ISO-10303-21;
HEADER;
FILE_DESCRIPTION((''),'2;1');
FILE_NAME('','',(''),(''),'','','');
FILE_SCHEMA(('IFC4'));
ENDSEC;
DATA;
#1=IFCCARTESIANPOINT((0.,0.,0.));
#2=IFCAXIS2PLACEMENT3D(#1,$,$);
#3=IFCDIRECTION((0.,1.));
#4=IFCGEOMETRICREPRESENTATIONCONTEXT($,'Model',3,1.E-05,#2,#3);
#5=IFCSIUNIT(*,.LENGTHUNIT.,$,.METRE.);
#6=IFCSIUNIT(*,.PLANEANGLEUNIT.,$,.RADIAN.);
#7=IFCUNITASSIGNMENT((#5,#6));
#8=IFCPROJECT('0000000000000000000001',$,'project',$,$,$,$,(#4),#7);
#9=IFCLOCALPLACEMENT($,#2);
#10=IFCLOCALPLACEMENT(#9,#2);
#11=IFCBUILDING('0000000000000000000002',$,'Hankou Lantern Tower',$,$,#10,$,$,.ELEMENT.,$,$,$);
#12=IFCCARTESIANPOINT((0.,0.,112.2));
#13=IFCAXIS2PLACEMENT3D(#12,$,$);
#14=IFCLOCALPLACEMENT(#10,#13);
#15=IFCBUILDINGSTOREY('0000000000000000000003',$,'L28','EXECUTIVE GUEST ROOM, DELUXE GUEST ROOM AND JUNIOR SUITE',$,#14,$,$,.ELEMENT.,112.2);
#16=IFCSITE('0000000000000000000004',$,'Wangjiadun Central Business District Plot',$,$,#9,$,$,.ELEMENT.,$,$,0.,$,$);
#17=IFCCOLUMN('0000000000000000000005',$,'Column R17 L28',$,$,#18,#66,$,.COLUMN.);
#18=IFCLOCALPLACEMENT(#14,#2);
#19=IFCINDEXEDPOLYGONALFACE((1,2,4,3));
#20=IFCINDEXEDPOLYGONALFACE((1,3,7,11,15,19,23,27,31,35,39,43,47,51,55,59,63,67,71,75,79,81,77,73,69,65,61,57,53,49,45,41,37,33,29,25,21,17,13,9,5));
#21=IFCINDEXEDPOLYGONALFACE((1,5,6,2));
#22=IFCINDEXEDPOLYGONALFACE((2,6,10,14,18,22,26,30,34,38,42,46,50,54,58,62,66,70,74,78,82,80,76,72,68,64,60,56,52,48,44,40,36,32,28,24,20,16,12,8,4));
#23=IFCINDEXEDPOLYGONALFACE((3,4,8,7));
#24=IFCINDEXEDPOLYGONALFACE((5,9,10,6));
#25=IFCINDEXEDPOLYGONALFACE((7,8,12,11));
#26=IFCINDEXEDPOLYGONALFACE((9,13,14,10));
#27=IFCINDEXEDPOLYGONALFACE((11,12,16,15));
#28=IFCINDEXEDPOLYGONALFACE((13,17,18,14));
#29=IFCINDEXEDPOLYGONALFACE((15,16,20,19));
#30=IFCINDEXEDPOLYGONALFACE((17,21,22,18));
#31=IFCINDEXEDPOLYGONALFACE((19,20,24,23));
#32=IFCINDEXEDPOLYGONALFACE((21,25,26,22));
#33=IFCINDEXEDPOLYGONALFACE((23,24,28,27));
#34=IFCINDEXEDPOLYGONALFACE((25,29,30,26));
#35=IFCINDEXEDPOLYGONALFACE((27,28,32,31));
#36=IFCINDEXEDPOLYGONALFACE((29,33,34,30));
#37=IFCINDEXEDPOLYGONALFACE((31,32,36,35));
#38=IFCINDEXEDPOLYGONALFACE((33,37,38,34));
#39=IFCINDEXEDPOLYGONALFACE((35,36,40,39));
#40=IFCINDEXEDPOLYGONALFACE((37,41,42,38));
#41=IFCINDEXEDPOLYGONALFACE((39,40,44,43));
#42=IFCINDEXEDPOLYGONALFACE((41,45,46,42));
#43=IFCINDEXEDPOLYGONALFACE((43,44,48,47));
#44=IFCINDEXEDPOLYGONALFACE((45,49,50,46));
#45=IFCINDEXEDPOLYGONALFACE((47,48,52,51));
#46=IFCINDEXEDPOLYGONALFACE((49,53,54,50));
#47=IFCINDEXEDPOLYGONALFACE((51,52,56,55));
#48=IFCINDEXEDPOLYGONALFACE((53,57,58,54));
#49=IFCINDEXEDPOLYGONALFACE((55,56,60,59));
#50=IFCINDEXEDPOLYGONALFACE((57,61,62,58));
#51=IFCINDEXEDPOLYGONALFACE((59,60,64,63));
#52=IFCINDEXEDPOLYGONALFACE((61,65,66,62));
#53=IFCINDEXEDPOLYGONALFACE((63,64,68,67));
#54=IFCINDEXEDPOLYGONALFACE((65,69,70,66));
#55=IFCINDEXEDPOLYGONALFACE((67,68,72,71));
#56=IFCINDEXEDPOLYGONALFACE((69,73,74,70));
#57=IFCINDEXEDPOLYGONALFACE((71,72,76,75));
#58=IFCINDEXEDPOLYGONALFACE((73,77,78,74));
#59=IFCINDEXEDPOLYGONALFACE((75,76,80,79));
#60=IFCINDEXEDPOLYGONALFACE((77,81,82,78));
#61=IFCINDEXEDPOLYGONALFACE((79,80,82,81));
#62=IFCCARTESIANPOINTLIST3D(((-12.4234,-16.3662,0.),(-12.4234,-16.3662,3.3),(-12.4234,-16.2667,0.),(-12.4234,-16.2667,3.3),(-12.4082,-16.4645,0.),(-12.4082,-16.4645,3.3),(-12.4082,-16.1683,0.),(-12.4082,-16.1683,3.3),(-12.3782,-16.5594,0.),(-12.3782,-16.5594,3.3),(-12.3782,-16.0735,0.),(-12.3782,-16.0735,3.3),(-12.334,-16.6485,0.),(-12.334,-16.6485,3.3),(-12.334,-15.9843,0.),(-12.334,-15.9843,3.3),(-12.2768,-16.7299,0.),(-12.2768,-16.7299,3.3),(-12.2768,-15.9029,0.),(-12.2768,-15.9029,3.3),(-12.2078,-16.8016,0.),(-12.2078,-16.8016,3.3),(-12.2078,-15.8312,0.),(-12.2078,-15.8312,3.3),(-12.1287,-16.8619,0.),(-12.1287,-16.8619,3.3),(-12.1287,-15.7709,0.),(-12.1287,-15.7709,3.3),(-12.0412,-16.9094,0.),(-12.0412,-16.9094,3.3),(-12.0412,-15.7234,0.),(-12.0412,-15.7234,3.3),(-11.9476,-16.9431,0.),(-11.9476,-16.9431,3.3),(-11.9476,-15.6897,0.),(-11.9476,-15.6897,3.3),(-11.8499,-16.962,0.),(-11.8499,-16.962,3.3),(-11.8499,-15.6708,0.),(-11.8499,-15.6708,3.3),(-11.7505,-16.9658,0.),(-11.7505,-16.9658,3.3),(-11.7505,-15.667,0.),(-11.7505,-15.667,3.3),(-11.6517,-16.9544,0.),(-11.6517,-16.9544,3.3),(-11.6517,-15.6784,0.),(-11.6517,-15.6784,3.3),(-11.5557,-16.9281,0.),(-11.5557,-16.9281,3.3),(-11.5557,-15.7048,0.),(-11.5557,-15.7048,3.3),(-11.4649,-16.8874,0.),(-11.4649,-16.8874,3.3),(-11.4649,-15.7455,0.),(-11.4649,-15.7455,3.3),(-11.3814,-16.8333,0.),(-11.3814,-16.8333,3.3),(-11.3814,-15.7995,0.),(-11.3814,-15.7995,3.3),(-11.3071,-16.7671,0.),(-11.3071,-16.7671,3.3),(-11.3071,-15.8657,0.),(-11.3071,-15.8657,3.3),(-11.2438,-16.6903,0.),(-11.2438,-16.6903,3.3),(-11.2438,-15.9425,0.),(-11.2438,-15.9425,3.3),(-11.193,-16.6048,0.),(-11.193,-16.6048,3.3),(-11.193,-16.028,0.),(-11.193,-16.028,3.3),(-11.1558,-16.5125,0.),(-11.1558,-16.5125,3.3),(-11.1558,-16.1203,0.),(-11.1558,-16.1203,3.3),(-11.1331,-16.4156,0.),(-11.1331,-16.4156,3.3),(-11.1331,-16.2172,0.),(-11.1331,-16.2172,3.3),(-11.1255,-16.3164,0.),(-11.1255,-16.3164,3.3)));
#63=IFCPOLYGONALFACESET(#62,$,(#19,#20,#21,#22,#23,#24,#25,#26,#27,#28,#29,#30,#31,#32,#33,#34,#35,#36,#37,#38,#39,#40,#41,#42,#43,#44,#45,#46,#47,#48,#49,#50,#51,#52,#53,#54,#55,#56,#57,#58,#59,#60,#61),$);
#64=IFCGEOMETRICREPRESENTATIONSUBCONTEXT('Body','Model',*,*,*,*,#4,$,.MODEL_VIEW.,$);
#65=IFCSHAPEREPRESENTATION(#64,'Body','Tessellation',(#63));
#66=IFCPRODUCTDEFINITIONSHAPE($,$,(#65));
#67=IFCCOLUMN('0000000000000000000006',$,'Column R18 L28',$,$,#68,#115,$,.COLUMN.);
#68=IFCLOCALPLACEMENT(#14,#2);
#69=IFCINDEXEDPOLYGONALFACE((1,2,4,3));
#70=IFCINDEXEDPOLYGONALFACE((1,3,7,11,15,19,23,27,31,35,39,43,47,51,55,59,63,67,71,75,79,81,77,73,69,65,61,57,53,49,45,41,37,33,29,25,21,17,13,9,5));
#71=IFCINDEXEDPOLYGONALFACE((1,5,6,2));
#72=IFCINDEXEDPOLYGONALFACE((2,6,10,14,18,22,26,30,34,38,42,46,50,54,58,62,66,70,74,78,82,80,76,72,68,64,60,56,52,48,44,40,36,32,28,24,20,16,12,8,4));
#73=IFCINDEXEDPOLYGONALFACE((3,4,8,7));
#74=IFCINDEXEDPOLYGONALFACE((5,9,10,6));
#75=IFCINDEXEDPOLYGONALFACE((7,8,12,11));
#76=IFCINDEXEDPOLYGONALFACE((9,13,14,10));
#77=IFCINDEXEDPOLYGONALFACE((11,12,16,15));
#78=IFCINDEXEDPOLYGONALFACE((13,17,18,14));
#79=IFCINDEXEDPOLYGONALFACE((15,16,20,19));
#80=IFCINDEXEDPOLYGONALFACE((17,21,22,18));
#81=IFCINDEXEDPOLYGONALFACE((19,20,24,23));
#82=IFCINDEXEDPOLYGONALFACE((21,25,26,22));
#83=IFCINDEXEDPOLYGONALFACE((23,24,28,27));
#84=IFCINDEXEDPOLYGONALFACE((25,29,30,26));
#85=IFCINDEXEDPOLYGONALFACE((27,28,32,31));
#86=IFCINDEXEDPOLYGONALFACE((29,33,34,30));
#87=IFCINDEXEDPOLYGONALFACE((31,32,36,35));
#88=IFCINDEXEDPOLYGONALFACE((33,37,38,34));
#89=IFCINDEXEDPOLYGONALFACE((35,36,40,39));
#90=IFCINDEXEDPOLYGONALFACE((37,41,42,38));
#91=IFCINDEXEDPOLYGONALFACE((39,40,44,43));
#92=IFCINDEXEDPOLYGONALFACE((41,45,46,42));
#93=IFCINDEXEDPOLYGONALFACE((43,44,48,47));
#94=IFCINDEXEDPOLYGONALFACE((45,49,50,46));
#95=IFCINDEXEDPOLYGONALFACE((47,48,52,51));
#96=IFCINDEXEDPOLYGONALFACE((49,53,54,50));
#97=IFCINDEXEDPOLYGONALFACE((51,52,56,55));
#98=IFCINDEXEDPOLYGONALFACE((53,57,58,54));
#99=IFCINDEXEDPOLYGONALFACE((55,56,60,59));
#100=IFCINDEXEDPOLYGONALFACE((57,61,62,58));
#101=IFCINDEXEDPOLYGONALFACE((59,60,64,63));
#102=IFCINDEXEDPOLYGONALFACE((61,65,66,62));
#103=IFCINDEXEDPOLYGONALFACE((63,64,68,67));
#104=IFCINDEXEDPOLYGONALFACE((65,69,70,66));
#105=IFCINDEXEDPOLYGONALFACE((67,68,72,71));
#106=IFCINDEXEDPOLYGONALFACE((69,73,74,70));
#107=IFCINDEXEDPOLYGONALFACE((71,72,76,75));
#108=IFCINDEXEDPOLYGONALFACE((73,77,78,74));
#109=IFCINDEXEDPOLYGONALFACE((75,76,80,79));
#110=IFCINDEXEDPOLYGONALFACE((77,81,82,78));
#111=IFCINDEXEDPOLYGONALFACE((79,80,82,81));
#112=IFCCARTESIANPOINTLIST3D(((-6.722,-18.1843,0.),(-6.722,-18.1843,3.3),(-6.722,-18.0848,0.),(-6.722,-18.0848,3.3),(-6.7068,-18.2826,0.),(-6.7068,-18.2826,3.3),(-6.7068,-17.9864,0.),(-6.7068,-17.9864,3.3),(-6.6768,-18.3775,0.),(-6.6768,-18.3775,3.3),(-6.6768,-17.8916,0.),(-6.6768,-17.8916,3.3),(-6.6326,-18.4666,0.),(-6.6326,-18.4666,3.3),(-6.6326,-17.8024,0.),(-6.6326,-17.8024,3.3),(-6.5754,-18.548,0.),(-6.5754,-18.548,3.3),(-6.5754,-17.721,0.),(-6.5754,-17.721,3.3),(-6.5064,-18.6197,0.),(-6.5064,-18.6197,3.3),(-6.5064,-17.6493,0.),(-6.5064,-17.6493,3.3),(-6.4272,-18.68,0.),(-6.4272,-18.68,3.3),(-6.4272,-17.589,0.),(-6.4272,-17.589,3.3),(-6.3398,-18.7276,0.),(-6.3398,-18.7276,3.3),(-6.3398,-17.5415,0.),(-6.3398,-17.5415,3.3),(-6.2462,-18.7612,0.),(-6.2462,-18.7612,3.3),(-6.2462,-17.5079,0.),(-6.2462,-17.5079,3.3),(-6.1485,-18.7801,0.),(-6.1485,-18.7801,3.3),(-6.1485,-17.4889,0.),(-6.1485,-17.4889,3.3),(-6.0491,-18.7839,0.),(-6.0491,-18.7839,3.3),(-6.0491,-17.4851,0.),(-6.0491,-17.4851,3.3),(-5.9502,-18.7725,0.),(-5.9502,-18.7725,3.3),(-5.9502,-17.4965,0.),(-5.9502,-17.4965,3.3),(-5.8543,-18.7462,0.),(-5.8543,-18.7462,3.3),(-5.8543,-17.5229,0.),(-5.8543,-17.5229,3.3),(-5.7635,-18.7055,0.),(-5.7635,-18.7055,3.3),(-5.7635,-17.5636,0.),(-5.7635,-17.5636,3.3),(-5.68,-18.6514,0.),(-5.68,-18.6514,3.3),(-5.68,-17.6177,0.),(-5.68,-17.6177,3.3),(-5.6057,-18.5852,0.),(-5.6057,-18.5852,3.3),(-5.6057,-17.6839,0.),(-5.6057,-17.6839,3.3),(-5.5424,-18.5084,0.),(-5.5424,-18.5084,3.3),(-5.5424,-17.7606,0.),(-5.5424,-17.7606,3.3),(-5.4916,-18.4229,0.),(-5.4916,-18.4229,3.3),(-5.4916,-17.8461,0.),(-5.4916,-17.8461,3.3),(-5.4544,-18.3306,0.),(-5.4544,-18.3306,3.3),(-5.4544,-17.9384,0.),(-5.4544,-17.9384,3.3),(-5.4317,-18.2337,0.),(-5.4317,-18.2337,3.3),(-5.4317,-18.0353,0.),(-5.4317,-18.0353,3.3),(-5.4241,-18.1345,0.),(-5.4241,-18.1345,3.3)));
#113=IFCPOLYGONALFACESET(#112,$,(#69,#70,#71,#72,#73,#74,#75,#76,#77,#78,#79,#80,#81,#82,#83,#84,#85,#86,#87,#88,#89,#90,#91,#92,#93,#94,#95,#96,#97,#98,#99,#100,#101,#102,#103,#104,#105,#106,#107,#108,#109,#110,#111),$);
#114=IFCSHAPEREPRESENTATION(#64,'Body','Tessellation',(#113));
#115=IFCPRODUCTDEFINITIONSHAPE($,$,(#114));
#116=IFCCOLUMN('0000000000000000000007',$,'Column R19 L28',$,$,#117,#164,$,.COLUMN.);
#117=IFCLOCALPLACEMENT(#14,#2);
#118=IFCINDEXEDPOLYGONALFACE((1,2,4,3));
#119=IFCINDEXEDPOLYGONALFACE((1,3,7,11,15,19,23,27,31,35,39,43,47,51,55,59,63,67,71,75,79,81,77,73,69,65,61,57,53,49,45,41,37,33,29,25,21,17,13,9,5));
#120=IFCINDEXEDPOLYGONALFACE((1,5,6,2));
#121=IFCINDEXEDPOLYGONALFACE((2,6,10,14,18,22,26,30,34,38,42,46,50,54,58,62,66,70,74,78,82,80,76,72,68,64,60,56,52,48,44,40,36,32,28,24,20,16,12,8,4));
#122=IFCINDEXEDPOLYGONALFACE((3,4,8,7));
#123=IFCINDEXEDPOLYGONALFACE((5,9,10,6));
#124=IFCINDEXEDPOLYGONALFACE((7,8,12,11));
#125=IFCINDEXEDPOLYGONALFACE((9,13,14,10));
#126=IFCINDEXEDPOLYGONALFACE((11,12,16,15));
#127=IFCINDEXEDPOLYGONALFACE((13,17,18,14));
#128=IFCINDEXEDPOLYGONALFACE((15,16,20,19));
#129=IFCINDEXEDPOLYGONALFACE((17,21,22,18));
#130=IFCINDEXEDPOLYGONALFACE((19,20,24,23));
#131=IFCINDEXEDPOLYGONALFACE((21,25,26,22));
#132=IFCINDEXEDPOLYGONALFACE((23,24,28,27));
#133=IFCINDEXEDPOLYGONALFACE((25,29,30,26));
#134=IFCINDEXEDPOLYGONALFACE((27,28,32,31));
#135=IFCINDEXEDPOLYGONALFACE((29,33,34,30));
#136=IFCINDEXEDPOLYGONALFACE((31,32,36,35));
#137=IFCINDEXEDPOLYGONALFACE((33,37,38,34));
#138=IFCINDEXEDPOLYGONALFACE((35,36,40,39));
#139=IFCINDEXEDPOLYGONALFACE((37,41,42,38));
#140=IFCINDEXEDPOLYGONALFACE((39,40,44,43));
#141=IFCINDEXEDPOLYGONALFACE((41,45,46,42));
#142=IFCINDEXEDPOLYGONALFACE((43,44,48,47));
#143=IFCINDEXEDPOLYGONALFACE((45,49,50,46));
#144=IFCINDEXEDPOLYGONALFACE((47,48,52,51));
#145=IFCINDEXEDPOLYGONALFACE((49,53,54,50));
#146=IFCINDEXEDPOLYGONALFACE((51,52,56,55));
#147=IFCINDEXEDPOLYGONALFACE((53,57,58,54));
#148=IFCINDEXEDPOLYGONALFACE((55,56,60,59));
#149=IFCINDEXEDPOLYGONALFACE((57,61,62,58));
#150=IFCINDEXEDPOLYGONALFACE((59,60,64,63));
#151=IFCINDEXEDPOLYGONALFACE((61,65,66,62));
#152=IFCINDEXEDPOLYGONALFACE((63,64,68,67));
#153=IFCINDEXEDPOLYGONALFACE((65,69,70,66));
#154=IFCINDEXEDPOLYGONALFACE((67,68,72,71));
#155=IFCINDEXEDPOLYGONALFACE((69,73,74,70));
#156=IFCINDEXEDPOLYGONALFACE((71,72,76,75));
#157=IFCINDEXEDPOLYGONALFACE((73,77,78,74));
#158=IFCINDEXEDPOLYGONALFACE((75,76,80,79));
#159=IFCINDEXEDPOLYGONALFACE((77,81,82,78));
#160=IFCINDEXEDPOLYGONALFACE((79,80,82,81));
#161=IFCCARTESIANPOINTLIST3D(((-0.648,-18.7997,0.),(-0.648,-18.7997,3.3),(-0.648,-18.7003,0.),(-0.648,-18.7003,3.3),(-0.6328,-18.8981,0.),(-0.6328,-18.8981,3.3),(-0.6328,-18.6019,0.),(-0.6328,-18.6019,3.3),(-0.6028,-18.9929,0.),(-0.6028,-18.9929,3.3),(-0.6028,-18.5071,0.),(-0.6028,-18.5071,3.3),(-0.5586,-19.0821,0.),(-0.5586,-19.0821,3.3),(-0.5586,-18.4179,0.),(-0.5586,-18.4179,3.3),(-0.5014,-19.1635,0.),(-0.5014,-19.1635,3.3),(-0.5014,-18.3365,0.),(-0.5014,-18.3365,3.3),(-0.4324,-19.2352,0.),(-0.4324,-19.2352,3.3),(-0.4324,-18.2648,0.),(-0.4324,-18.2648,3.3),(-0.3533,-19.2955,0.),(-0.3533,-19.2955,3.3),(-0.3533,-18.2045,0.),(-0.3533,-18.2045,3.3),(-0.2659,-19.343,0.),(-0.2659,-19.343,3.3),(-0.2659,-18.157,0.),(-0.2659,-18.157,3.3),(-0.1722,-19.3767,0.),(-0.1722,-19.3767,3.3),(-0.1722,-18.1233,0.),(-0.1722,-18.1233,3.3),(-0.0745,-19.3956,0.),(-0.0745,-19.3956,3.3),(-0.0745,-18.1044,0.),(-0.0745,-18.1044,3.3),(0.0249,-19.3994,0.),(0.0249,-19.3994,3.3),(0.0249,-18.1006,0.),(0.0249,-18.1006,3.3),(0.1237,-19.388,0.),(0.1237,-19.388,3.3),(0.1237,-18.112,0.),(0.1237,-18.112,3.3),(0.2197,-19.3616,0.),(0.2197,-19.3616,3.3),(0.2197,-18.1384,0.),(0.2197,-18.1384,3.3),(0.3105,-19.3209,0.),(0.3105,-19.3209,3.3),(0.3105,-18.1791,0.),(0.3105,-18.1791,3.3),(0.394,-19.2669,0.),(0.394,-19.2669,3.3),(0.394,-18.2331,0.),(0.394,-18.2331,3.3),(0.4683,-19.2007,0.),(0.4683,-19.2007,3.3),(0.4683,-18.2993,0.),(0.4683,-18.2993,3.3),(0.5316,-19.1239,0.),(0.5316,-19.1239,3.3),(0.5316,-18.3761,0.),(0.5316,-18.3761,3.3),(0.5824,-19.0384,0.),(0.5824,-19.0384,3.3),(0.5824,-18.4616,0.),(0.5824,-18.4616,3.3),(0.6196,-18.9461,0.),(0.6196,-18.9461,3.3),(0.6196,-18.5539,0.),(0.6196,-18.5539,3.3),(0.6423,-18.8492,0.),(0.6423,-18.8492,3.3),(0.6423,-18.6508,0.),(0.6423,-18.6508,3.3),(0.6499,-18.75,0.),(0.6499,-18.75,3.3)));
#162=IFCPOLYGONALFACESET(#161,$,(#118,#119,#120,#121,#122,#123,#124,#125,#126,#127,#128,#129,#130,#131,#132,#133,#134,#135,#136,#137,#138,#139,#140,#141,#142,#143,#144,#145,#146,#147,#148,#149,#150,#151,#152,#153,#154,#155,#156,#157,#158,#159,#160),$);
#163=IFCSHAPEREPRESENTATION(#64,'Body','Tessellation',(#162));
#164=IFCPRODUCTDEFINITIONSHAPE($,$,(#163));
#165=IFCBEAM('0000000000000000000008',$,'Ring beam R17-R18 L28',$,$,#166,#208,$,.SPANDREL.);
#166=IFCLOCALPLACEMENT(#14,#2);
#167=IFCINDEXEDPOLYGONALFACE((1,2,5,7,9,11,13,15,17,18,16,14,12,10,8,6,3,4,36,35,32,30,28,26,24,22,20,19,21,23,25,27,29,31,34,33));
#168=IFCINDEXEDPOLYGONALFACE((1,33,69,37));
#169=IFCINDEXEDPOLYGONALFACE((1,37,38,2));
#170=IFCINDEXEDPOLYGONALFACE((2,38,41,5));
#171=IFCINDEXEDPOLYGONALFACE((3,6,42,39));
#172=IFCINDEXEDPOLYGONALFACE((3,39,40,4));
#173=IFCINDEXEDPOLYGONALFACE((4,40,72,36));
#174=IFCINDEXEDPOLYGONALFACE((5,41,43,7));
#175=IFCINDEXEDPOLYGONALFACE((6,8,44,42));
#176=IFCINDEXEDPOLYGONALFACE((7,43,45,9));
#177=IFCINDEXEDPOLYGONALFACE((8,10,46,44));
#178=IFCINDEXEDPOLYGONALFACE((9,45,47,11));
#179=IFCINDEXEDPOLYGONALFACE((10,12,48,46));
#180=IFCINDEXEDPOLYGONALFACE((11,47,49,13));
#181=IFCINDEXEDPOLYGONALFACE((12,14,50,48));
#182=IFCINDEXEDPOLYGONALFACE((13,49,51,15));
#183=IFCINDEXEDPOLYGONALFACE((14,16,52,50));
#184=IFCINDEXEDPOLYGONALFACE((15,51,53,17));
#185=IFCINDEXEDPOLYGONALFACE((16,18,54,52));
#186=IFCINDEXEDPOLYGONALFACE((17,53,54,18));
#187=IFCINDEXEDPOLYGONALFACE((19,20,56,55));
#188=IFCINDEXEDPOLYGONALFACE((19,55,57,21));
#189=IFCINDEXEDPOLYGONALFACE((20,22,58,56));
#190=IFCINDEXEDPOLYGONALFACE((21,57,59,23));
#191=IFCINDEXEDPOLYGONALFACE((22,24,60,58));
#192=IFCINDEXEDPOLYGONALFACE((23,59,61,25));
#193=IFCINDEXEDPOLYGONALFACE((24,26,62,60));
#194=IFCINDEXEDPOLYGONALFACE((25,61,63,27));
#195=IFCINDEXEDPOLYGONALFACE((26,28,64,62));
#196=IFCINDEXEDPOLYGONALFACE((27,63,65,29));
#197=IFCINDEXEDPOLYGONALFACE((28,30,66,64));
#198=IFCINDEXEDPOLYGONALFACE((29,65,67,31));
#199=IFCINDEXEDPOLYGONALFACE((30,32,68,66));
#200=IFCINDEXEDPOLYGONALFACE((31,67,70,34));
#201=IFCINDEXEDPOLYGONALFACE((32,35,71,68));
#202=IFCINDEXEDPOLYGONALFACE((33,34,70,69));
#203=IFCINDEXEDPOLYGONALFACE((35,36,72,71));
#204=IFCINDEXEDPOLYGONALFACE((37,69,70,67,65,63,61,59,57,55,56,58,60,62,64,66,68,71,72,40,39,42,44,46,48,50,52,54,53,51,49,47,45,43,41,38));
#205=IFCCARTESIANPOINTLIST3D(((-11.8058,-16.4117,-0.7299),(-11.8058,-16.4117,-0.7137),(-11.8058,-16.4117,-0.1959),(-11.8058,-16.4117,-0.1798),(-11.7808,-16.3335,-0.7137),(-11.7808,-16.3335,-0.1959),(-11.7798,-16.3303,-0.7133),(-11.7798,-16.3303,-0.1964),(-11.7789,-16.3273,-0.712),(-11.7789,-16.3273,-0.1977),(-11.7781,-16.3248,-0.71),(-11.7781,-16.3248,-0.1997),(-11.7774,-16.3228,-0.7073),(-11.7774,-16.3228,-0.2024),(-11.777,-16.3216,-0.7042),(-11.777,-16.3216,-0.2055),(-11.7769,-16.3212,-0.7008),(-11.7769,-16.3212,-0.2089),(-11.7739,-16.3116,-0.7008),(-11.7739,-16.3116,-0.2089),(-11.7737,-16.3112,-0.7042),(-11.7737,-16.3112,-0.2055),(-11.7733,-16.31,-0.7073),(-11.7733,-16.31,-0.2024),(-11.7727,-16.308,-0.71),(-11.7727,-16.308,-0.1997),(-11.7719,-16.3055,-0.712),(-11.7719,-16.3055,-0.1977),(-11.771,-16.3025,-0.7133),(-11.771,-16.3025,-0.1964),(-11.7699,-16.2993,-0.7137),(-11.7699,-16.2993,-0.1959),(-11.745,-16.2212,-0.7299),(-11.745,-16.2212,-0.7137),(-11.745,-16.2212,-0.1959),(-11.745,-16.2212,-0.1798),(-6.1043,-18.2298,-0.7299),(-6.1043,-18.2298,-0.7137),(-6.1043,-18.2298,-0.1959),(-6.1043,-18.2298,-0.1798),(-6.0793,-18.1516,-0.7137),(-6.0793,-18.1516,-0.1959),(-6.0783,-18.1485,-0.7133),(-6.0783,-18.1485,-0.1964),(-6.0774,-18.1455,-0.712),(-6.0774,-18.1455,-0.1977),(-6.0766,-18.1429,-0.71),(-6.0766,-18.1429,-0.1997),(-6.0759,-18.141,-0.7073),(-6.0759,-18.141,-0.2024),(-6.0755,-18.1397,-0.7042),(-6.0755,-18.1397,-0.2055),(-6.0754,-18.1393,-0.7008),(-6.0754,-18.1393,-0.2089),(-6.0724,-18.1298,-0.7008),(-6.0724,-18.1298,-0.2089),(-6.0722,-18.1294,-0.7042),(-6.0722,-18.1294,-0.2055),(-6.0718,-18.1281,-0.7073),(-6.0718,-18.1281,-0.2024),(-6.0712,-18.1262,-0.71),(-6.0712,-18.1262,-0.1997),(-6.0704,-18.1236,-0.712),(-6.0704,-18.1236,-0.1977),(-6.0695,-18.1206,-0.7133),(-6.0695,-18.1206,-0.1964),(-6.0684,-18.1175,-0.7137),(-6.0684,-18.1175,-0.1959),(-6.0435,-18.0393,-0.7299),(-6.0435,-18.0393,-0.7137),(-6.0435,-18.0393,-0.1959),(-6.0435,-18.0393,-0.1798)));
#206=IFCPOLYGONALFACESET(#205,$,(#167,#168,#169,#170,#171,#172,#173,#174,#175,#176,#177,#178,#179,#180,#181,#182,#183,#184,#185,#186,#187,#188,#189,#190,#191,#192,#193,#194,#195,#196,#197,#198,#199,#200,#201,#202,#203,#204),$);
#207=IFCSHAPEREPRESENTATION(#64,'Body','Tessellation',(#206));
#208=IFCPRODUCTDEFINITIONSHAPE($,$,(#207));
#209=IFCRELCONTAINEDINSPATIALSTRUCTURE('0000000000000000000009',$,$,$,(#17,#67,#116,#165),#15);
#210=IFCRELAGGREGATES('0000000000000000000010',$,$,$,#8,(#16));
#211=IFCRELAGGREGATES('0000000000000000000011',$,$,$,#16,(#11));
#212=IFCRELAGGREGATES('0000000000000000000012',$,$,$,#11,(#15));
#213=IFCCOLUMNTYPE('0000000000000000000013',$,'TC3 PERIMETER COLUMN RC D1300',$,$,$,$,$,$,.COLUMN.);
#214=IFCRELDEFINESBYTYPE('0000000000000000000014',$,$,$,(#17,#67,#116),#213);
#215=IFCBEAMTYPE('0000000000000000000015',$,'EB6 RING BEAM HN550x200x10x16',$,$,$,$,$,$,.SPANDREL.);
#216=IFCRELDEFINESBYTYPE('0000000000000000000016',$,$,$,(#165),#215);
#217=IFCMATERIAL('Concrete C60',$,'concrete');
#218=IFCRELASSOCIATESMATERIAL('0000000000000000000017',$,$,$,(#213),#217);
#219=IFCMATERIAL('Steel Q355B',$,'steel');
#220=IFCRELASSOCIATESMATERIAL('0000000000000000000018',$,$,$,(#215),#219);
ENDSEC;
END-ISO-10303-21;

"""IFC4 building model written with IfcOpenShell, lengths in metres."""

from ifc_helpers import new_model, si_unit, direction, frame, origin, origin_2d, place, context, subcontext, project, spatial, circle, i_section, extrude, material, material_profile, profile_set, type_object, element, save


model = new_model("IFC4")

# Units and contexts
model_context = context("Model", 3, precision=1e-05, world=origin(), true_north=direction((0.0, 1.0)))
body_context = subcontext(model_context, "Body", "Model", "MODEL_VIEW")
ifc_project = project(units=[si_unit("LENGTHUNIT", "METRE"), si_unit("PLANEANGLEUNIT", "RADIAN")], contexts=[model_context])

# Site, building, storey
site_placement = place(None, origin())
site = spatial("IfcSite", under=ifc_project, at=site_placement, Name="Wangjiadun Central Business District Plot", CompositionType="ELEMENT", RefElevation=0.0)
building_placement = place(site_placement, origin())
building = spatial("IfcBuilding", under=site, at=building_placement, Name="Hankou Lantern Tower", CompositionType="ELEMENT")
storey_placement = place(building_placement, frame((0.0, 0.0, 112.2)))
storey = spatial("IfcBuildingStorey", under=building, at=storey_placement, Name="L28", Description="EXECUTIVE GUEST ROOM, DELUXE GUEST ROOM AND JUNIOR SUITE", CompositionType="ELEMENT", Elevation=112.2)

# Columns
ifc_material_1 = material(Name="Concrete C60", Category="concrete")
ifc_material_profile_1 = material_profile(ifc_material_1, circle(Radius=0.6499, at=origin_2d()), Name="RC D1300")
ifc_profile_set_1 = profile_set([ifc_material_profile_1], Name="Concrete C60")
column_type = type_object("IfcColumnType", Name="TC3 PERIMETER COLUMN RC D1300", PredefinedType="COLUMN", material=ifc_profile_set_1)
for number, where, z_axis, x_axis, name in (
    (1, (-11.7754, -16.3164, 0.0), (0.0, 0.0, 1.0), (1.0, 0.0, 0.0), "Column R17 L28"),
    (2, (-6.074, -18.1345, 0.0), (0.0, 0.0, 1.0), (1.0, 0.0, 0.0), "Column R18 L28"),
    (3, (0.0, -18.75, 0.0), (0.0, 0.0, 1.0), (1.0, 0.0, 0.0), "Column R19 L28"),
):
    element("IfcColumn", number, at=place(storey_placement, frame(where, z_axis=z_axis, x_axis=x_axis)), inside=storey, type_object=column_type, Name=name, PredefinedType="COLUMN", context=body_context, shape_type="SweptSolid", body=[
        extrude(circle(Radius=0.6499, at=origin_2d()), origin(), (0.0, 0.0, 1.0), 3.3),
    ])

# Beam
ifc_material_2 = material(Name="Steel Q355B", Category="steel")
ifc_material_profile_2 = material_profile(ifc_material_2, i_section(OverallWidth=0.2, OverallDepth=0.55, WebThickness=0.01, FlangeThickness=0.0161, FilletRadius=0.0129, at=origin_2d()), Name="HN550x200x10x16")
ifc_profile_set_2 = profile_set([ifc_material_profile_2], Name="Steel Q355B")
beam_type_1 = type_object("IfcBeamType", Name="EB6 RING BEAM HN550x200x10x16", PredefinedType="SPANDREL", material=ifc_profile_set_2)
beam_1_placement = place(storey_placement, frame((-11.7754, -16.3164, -0.4548), z_axis=(0.952731, -0.303815, 0.0), x_axis=(0.303815, 0.952731, 0.0)))
element("IfcBeam", 4, at=beam_1_placement, inside=storey, type_object=beam_type_1, Name="Ring beam R17-R18 L28", PredefinedType="SPANDREL", context=body_context, shape_type="SweptSolid", body=[
    extrude(i_section(OverallWidth=0.2, OverallDepth=0.55, WebThickness=0.01, FlangeThickness=0.0161, FilletRadius=0.0129, at=origin_2d()), origin(), (0.0, 0.0, 1.0), 5.9844),
])

save(model, "model.ifc")
